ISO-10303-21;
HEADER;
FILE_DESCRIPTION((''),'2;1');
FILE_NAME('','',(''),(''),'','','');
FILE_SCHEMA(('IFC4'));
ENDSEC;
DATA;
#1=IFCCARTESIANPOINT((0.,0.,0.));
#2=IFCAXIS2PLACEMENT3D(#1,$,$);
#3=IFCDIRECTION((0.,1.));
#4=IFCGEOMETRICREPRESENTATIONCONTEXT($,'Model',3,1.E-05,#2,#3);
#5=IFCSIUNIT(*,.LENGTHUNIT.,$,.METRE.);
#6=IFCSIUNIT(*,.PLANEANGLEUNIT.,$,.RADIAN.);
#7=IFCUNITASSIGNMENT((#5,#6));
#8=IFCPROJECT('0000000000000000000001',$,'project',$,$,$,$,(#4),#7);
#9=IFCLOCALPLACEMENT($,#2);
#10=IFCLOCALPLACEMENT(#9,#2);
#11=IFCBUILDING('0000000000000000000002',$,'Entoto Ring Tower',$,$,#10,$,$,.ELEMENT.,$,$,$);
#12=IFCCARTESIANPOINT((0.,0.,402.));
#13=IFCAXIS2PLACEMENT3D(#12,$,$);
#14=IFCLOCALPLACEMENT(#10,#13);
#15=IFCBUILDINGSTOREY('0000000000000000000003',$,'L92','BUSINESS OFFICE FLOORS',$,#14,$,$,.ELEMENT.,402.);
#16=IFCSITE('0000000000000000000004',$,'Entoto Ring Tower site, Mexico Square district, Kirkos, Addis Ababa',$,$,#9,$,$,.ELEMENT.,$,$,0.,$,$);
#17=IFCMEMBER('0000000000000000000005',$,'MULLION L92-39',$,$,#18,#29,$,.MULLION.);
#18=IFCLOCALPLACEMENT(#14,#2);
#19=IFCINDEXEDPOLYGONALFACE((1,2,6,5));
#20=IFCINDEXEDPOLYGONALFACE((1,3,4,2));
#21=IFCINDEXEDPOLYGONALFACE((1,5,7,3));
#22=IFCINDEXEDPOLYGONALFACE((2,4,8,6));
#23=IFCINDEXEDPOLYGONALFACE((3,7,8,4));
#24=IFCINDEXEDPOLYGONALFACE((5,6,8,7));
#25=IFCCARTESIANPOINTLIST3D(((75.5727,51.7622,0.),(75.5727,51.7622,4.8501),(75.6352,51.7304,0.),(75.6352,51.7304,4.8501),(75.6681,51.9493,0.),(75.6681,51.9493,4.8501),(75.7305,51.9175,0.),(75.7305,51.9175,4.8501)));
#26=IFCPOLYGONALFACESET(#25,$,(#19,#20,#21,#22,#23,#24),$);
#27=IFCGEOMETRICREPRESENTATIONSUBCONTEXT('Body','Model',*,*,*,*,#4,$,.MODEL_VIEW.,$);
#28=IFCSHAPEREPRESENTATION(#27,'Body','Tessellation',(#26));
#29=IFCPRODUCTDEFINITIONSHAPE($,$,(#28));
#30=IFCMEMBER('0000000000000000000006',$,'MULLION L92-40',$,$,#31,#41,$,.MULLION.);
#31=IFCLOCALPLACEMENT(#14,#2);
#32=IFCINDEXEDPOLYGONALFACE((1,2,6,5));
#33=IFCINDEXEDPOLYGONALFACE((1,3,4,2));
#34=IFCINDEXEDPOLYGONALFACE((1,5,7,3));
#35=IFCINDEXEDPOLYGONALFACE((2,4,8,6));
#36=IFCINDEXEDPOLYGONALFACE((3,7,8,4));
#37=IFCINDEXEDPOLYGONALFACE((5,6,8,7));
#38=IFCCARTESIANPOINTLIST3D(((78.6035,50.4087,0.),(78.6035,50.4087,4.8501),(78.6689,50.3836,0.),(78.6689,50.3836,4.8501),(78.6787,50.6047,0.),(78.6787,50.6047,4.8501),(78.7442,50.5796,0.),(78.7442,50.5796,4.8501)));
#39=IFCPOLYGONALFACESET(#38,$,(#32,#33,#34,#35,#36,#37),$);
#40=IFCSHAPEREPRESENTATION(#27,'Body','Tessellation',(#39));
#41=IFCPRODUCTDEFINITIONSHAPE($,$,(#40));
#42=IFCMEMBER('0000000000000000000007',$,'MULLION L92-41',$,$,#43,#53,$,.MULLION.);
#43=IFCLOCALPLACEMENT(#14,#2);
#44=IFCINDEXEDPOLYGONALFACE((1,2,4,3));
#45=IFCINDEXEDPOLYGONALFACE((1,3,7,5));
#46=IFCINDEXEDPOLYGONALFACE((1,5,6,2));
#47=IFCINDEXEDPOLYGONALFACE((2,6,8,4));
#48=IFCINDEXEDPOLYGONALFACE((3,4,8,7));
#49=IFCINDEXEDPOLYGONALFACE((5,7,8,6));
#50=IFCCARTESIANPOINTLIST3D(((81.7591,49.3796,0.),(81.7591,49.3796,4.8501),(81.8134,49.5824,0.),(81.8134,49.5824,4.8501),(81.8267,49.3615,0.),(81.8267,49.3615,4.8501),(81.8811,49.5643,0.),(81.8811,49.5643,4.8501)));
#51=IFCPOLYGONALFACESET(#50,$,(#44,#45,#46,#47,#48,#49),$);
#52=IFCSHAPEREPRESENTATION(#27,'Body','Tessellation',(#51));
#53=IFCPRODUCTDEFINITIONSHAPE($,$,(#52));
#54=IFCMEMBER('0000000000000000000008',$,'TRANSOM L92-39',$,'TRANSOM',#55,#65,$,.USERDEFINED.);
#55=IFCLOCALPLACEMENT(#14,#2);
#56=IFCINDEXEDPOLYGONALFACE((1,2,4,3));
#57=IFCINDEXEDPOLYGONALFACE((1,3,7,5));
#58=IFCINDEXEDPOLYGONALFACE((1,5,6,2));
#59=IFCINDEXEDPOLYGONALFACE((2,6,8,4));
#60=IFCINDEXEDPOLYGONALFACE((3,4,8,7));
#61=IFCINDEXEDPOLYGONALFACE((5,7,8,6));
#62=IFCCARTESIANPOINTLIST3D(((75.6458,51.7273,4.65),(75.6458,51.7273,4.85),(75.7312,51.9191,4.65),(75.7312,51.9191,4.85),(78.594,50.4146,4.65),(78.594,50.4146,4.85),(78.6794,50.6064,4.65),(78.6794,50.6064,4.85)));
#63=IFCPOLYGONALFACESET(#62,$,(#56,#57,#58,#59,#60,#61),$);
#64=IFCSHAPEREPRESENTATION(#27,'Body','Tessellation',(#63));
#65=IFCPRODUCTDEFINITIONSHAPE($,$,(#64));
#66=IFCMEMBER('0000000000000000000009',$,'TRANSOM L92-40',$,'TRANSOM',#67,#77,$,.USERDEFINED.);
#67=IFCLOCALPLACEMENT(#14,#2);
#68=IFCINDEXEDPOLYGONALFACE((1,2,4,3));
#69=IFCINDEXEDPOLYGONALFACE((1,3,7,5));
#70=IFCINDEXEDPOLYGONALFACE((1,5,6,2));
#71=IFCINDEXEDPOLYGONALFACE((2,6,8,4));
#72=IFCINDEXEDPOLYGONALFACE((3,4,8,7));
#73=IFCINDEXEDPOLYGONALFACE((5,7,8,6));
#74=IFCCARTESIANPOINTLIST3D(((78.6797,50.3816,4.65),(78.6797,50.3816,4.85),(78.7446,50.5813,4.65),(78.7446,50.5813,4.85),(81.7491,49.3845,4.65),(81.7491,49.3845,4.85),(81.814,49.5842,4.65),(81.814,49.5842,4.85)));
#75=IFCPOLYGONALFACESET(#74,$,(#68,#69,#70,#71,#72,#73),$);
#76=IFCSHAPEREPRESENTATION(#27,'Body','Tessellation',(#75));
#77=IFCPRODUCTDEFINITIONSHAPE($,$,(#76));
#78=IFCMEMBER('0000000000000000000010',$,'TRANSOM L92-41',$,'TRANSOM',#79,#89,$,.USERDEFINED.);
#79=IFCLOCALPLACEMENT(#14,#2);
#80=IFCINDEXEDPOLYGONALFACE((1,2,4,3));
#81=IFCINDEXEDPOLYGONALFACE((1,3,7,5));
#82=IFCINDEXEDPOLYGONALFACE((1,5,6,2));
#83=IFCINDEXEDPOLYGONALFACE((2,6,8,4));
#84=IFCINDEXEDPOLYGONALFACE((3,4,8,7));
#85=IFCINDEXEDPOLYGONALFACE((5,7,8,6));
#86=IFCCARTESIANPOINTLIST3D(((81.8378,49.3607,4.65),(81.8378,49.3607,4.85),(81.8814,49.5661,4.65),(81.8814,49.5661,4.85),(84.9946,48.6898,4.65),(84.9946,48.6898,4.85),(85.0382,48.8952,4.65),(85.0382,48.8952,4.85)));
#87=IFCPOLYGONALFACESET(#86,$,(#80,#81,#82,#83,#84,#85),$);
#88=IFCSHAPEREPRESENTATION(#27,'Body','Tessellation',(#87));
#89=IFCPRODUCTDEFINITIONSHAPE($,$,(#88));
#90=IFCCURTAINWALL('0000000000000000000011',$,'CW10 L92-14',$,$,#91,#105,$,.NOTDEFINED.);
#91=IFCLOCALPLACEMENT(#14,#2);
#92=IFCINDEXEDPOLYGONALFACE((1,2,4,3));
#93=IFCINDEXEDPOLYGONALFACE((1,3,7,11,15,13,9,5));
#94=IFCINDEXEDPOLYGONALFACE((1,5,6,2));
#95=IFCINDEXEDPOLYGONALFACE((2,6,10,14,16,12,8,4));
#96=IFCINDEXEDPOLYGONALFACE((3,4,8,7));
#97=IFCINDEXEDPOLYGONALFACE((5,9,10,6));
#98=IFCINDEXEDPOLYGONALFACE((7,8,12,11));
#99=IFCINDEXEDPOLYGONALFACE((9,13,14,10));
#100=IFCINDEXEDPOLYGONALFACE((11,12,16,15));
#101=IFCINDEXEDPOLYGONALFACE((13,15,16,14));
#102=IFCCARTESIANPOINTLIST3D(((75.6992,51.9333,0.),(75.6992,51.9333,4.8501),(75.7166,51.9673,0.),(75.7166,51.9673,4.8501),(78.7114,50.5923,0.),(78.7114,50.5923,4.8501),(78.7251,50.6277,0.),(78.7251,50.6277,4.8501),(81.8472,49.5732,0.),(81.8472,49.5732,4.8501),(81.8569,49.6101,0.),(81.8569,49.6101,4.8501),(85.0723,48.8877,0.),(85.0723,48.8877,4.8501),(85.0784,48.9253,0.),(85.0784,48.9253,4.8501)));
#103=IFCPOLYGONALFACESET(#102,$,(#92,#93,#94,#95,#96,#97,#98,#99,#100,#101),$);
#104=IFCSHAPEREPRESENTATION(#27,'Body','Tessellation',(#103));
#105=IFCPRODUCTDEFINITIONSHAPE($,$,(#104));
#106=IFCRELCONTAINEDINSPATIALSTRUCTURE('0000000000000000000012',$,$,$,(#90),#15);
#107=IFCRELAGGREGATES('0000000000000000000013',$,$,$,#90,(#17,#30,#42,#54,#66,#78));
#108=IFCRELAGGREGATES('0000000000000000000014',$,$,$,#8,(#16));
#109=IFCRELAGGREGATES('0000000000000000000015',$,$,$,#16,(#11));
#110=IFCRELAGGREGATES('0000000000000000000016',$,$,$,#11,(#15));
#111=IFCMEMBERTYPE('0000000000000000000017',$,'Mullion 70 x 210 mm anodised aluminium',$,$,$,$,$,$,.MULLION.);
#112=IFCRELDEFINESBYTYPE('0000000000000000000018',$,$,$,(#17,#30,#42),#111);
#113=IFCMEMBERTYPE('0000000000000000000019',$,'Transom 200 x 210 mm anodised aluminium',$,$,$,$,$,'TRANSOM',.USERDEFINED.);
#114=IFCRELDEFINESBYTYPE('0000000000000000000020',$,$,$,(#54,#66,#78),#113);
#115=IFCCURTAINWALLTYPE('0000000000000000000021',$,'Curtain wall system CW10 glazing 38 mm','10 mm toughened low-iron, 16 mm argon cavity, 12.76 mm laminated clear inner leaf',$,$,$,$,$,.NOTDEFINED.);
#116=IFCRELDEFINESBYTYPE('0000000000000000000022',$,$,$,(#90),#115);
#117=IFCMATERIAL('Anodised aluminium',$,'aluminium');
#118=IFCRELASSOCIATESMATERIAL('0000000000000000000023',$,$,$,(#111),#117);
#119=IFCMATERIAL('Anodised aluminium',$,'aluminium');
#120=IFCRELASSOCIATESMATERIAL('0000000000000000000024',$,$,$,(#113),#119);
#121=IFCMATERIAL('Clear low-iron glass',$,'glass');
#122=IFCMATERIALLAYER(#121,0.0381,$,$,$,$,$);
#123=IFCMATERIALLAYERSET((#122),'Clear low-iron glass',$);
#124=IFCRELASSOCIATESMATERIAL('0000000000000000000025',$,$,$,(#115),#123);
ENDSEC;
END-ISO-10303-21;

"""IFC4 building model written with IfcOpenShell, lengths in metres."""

from ifc_helpers import new_model, si_unit, direction, frame, origin, origin_2d, place, context, subcontext, project, spatial, polyline, rectangle, outline, extrude, material, layer, layer_set, material_profile, profile_set, type_object, element, aggregate, save


model = new_model("IFC4")

# Units and contexts
model_context = context("Model", 3, precision=1e-05, world=origin(), true_north=direction((0.0, 1.0)))
body_context = subcontext(model_context, "Body", "Model", "MODEL_VIEW")
ifc_project = project(units=[si_unit("LENGTHUNIT", "METRE"), si_unit("PLANEANGLEUNIT", "RADIAN")], contexts=[model_context])

# Members
ifc_material_1 = material(Name="Anodised aluminium", Category="aluminium")
ifc_material_profile_1 = material_profile(ifc_material_1, rectangle(XDim=0.0701, YDim=0.21, at=origin_2d()), Name="Mullion 70 x 210 mm anodised aluminium")
ifc_profile_set_1 = profile_set([ifc_material_profile_1], Name="Anodised aluminium")
member_type_1 = type_object("IfcMemberType", Name="Mullion 70 x 210 mm anodised aluminium", PredefinedType="MULLION", material=ifc_profile_set_1)
site_placement = place(None, origin())
building_placement = place(site_placement, origin())
storey_placement = place(building_placement, frame((0.0, 0.0, 402.0)))
member_1_placement = place(storey_placement, frame((75.6516, 51.8398, 0.0), z_axis=(0.0, 0.0, 1.0), x_axis=(0.891007, -0.45399, 0.0)))
member_1 = element("IfcMember", 1, at=member_1_placement, type_object=member_type_1, Name="MULLION L92-39", PredefinedType="MULLION", context=body_context, shape_type="SweptSolid", body=[
    extrude(rectangle(XDim=0.0701, YDim=0.21, at=origin_2d()), origin(), (0.0, 0.0, 1.0), 4.8501),
])
member_2_placement = place(storey_placement, frame((78.6738, 50.4941, 0.0), z_axis=(0.0, 0.0, 1.0), x_axis=(0.93358, -0.358368, 0.0)))
member_2 = element("IfcMember", 2, at=member_2_placement, type_object=member_type_1, Name="MULLION L92-40", PredefinedType="MULLION", context=body_context, shape_type="SweptSolid", body=[
    extrude(rectangle(XDim=0.0701, YDim=0.21, at=origin_2d()), origin(), (0.0, 0.0, 1.0), 4.8501),
])
member_3_placement = place(storey_placement, frame((81.8201, 49.4719, 0.0), z_axis=(0.0, 0.0, 1.0), x_axis=(0.965926, -0.258819, 0.0)))
member_3 = element("IfcMember", 3, at=member_3_placement, type_object=member_type_1, Name="MULLION L92-41", PredefinedType="MULLION", context=body_context, shape_type="SweptSolid", body=[
    extrude(rectangle(XDim=0.0701, YDim=0.21, at=origin_2d()), origin(), (0.0, 0.0, 1.0), 4.8501),
])
ifc_material_2 = material(Name="Anodised aluminium", Category="aluminium")
ifc_material_profile_2 = material_profile(ifc_material_2, rectangle(XDim=0.21, YDim=0.2, at=origin_2d()), Name="Transom 200 x 210 mm anodised aluminium")
ifc_profile_set_2 = profile_set([ifc_material_profile_2], Name="Anodised aluminium")
member_type_2 = type_object("IfcMemberType", Name="Transom 200 x 210 mm anodised aluminium", ElementType="TRANSOM", PredefinedType="USERDEFINED", material=ifc_profile_set_2)
member_4_placement = place(storey_placement, frame((75.6885, 51.8232, 4.75), z_axis=(0.913534, -0.406763, 0.0), x_axis=(0.406763, 0.913534, 0.0)))
member_4 = element("IfcMember", 4, at=member_4_placement, type_object=member_type_2, Name="TRANSOM L92-39", ObjectType="TRANSOM", PredefinedType="USERDEFINED", context=body_context, shape_type="SweptSolid", body=[
    extrude(rectangle(XDim=0.21, YDim=0.2, at=origin_2d()), origin(), (0.0, 0.0, 1.0), 3.2273),
])
member_5_placement = place(storey_placement, frame((78.7122, 50.4814, 4.75), z_axis=(0.951076, -0.308956, 0.0), x_axis=(0.308956, 0.951076, 0.0)))
member_5 = element("IfcMember", 5, at=member_5_placement, type_object=member_type_2, Name="TRANSOM L92-40", ObjectType="TRANSOM", PredefinedType="USERDEFINED", context=body_context, shape_type="SweptSolid", body=[
    extrude(rectangle(XDim=0.21, YDim=0.2, at=origin_2d()), origin(), (0.0, 0.0, 1.0), 3.2273),
])
member_6_placement = place(storey_placement, frame((81.8596, 49.4634, 4.75), z_axis=(0.978153, -0.207886, 0.0), x_axis=(0.207886, 0.978153, 0.0)))
member_6 = element("IfcMember", 6, at=member_6_placement, type_object=member_type_2, Name="TRANSOM L92-41", ObjectType="TRANSOM", PredefinedType="USERDEFINED", context=body_context, shape_type="SweptSolid", body=[
    extrude(rectangle(XDim=0.21, YDim=0.2, at=origin_2d()), origin(), (0.0, 0.0, 1.0), 3.2273),
])

# Site, building, storey
site = spatial("IfcSite", under=ifc_project, at=site_placement, Name="Entoto Ring Tower site, Mexico Square district, Kirkos, Addis Ababa", CompositionType="ELEMENT", RefElevation=0.0)
building = spatial("IfcBuilding", under=site, at=building_placement, Name="Entoto Ring Tower", CompositionType="ELEMENT")
storey = spatial("IfcBuildingStorey", under=building, at=storey_placement, Name="L92", Description="BUSINESS OFFICE FLOORS", CompositionType="ELEMENT", Elevation=402.0)

# Curtain wall
ifc_material_3 = material(Name="Clear low-iron glass", Category="glass")
ifc_layer = layer(ifc_material_3, 0.0381)
ifc_layer_set = layer_set([ifc_layer], Name="Clear low-iron glass")
curtain_wall_type = type_object("IfcCurtainWallType", Name="Curtain wall system CW10 glazing 38 mm", Description="10 mm toughened low-iron, 16 mm argon cavity, 12.76 mm laminated clear inner leaf", PredefinedType="NOTDEFINED", material=ifc_layer_set)
curtain_wall_1_placement = place(storey_placement, origin())
curtain_wall_1 = element("IfcCurtainWall", 7, at=curtain_wall_1_placement, inside=storey, type_object=curtain_wall_type, Name="CW10 L92-14", PredefinedType="NOTDEFINED", context=body_context, shape_type="SweptSolid", body=[
    extrude(outline(polyline([(75.6992, 51.9333), (78.7114, 50.5923), (81.8472, 49.5732), (85.0723, 48.8877), (85.0784, 48.9253), (81.8569, 49.6101), (78.7251, 50.6277), (75.7166, 51.9673), (75.6992, 51.9333)])), origin(), (0.0, 0.0, 1.0), 4.8501),
])
aggregate(curtain_wall_1, [member_1, member_2, member_3, member_4, member_5, member_6])

save(model, "model.ifc")
